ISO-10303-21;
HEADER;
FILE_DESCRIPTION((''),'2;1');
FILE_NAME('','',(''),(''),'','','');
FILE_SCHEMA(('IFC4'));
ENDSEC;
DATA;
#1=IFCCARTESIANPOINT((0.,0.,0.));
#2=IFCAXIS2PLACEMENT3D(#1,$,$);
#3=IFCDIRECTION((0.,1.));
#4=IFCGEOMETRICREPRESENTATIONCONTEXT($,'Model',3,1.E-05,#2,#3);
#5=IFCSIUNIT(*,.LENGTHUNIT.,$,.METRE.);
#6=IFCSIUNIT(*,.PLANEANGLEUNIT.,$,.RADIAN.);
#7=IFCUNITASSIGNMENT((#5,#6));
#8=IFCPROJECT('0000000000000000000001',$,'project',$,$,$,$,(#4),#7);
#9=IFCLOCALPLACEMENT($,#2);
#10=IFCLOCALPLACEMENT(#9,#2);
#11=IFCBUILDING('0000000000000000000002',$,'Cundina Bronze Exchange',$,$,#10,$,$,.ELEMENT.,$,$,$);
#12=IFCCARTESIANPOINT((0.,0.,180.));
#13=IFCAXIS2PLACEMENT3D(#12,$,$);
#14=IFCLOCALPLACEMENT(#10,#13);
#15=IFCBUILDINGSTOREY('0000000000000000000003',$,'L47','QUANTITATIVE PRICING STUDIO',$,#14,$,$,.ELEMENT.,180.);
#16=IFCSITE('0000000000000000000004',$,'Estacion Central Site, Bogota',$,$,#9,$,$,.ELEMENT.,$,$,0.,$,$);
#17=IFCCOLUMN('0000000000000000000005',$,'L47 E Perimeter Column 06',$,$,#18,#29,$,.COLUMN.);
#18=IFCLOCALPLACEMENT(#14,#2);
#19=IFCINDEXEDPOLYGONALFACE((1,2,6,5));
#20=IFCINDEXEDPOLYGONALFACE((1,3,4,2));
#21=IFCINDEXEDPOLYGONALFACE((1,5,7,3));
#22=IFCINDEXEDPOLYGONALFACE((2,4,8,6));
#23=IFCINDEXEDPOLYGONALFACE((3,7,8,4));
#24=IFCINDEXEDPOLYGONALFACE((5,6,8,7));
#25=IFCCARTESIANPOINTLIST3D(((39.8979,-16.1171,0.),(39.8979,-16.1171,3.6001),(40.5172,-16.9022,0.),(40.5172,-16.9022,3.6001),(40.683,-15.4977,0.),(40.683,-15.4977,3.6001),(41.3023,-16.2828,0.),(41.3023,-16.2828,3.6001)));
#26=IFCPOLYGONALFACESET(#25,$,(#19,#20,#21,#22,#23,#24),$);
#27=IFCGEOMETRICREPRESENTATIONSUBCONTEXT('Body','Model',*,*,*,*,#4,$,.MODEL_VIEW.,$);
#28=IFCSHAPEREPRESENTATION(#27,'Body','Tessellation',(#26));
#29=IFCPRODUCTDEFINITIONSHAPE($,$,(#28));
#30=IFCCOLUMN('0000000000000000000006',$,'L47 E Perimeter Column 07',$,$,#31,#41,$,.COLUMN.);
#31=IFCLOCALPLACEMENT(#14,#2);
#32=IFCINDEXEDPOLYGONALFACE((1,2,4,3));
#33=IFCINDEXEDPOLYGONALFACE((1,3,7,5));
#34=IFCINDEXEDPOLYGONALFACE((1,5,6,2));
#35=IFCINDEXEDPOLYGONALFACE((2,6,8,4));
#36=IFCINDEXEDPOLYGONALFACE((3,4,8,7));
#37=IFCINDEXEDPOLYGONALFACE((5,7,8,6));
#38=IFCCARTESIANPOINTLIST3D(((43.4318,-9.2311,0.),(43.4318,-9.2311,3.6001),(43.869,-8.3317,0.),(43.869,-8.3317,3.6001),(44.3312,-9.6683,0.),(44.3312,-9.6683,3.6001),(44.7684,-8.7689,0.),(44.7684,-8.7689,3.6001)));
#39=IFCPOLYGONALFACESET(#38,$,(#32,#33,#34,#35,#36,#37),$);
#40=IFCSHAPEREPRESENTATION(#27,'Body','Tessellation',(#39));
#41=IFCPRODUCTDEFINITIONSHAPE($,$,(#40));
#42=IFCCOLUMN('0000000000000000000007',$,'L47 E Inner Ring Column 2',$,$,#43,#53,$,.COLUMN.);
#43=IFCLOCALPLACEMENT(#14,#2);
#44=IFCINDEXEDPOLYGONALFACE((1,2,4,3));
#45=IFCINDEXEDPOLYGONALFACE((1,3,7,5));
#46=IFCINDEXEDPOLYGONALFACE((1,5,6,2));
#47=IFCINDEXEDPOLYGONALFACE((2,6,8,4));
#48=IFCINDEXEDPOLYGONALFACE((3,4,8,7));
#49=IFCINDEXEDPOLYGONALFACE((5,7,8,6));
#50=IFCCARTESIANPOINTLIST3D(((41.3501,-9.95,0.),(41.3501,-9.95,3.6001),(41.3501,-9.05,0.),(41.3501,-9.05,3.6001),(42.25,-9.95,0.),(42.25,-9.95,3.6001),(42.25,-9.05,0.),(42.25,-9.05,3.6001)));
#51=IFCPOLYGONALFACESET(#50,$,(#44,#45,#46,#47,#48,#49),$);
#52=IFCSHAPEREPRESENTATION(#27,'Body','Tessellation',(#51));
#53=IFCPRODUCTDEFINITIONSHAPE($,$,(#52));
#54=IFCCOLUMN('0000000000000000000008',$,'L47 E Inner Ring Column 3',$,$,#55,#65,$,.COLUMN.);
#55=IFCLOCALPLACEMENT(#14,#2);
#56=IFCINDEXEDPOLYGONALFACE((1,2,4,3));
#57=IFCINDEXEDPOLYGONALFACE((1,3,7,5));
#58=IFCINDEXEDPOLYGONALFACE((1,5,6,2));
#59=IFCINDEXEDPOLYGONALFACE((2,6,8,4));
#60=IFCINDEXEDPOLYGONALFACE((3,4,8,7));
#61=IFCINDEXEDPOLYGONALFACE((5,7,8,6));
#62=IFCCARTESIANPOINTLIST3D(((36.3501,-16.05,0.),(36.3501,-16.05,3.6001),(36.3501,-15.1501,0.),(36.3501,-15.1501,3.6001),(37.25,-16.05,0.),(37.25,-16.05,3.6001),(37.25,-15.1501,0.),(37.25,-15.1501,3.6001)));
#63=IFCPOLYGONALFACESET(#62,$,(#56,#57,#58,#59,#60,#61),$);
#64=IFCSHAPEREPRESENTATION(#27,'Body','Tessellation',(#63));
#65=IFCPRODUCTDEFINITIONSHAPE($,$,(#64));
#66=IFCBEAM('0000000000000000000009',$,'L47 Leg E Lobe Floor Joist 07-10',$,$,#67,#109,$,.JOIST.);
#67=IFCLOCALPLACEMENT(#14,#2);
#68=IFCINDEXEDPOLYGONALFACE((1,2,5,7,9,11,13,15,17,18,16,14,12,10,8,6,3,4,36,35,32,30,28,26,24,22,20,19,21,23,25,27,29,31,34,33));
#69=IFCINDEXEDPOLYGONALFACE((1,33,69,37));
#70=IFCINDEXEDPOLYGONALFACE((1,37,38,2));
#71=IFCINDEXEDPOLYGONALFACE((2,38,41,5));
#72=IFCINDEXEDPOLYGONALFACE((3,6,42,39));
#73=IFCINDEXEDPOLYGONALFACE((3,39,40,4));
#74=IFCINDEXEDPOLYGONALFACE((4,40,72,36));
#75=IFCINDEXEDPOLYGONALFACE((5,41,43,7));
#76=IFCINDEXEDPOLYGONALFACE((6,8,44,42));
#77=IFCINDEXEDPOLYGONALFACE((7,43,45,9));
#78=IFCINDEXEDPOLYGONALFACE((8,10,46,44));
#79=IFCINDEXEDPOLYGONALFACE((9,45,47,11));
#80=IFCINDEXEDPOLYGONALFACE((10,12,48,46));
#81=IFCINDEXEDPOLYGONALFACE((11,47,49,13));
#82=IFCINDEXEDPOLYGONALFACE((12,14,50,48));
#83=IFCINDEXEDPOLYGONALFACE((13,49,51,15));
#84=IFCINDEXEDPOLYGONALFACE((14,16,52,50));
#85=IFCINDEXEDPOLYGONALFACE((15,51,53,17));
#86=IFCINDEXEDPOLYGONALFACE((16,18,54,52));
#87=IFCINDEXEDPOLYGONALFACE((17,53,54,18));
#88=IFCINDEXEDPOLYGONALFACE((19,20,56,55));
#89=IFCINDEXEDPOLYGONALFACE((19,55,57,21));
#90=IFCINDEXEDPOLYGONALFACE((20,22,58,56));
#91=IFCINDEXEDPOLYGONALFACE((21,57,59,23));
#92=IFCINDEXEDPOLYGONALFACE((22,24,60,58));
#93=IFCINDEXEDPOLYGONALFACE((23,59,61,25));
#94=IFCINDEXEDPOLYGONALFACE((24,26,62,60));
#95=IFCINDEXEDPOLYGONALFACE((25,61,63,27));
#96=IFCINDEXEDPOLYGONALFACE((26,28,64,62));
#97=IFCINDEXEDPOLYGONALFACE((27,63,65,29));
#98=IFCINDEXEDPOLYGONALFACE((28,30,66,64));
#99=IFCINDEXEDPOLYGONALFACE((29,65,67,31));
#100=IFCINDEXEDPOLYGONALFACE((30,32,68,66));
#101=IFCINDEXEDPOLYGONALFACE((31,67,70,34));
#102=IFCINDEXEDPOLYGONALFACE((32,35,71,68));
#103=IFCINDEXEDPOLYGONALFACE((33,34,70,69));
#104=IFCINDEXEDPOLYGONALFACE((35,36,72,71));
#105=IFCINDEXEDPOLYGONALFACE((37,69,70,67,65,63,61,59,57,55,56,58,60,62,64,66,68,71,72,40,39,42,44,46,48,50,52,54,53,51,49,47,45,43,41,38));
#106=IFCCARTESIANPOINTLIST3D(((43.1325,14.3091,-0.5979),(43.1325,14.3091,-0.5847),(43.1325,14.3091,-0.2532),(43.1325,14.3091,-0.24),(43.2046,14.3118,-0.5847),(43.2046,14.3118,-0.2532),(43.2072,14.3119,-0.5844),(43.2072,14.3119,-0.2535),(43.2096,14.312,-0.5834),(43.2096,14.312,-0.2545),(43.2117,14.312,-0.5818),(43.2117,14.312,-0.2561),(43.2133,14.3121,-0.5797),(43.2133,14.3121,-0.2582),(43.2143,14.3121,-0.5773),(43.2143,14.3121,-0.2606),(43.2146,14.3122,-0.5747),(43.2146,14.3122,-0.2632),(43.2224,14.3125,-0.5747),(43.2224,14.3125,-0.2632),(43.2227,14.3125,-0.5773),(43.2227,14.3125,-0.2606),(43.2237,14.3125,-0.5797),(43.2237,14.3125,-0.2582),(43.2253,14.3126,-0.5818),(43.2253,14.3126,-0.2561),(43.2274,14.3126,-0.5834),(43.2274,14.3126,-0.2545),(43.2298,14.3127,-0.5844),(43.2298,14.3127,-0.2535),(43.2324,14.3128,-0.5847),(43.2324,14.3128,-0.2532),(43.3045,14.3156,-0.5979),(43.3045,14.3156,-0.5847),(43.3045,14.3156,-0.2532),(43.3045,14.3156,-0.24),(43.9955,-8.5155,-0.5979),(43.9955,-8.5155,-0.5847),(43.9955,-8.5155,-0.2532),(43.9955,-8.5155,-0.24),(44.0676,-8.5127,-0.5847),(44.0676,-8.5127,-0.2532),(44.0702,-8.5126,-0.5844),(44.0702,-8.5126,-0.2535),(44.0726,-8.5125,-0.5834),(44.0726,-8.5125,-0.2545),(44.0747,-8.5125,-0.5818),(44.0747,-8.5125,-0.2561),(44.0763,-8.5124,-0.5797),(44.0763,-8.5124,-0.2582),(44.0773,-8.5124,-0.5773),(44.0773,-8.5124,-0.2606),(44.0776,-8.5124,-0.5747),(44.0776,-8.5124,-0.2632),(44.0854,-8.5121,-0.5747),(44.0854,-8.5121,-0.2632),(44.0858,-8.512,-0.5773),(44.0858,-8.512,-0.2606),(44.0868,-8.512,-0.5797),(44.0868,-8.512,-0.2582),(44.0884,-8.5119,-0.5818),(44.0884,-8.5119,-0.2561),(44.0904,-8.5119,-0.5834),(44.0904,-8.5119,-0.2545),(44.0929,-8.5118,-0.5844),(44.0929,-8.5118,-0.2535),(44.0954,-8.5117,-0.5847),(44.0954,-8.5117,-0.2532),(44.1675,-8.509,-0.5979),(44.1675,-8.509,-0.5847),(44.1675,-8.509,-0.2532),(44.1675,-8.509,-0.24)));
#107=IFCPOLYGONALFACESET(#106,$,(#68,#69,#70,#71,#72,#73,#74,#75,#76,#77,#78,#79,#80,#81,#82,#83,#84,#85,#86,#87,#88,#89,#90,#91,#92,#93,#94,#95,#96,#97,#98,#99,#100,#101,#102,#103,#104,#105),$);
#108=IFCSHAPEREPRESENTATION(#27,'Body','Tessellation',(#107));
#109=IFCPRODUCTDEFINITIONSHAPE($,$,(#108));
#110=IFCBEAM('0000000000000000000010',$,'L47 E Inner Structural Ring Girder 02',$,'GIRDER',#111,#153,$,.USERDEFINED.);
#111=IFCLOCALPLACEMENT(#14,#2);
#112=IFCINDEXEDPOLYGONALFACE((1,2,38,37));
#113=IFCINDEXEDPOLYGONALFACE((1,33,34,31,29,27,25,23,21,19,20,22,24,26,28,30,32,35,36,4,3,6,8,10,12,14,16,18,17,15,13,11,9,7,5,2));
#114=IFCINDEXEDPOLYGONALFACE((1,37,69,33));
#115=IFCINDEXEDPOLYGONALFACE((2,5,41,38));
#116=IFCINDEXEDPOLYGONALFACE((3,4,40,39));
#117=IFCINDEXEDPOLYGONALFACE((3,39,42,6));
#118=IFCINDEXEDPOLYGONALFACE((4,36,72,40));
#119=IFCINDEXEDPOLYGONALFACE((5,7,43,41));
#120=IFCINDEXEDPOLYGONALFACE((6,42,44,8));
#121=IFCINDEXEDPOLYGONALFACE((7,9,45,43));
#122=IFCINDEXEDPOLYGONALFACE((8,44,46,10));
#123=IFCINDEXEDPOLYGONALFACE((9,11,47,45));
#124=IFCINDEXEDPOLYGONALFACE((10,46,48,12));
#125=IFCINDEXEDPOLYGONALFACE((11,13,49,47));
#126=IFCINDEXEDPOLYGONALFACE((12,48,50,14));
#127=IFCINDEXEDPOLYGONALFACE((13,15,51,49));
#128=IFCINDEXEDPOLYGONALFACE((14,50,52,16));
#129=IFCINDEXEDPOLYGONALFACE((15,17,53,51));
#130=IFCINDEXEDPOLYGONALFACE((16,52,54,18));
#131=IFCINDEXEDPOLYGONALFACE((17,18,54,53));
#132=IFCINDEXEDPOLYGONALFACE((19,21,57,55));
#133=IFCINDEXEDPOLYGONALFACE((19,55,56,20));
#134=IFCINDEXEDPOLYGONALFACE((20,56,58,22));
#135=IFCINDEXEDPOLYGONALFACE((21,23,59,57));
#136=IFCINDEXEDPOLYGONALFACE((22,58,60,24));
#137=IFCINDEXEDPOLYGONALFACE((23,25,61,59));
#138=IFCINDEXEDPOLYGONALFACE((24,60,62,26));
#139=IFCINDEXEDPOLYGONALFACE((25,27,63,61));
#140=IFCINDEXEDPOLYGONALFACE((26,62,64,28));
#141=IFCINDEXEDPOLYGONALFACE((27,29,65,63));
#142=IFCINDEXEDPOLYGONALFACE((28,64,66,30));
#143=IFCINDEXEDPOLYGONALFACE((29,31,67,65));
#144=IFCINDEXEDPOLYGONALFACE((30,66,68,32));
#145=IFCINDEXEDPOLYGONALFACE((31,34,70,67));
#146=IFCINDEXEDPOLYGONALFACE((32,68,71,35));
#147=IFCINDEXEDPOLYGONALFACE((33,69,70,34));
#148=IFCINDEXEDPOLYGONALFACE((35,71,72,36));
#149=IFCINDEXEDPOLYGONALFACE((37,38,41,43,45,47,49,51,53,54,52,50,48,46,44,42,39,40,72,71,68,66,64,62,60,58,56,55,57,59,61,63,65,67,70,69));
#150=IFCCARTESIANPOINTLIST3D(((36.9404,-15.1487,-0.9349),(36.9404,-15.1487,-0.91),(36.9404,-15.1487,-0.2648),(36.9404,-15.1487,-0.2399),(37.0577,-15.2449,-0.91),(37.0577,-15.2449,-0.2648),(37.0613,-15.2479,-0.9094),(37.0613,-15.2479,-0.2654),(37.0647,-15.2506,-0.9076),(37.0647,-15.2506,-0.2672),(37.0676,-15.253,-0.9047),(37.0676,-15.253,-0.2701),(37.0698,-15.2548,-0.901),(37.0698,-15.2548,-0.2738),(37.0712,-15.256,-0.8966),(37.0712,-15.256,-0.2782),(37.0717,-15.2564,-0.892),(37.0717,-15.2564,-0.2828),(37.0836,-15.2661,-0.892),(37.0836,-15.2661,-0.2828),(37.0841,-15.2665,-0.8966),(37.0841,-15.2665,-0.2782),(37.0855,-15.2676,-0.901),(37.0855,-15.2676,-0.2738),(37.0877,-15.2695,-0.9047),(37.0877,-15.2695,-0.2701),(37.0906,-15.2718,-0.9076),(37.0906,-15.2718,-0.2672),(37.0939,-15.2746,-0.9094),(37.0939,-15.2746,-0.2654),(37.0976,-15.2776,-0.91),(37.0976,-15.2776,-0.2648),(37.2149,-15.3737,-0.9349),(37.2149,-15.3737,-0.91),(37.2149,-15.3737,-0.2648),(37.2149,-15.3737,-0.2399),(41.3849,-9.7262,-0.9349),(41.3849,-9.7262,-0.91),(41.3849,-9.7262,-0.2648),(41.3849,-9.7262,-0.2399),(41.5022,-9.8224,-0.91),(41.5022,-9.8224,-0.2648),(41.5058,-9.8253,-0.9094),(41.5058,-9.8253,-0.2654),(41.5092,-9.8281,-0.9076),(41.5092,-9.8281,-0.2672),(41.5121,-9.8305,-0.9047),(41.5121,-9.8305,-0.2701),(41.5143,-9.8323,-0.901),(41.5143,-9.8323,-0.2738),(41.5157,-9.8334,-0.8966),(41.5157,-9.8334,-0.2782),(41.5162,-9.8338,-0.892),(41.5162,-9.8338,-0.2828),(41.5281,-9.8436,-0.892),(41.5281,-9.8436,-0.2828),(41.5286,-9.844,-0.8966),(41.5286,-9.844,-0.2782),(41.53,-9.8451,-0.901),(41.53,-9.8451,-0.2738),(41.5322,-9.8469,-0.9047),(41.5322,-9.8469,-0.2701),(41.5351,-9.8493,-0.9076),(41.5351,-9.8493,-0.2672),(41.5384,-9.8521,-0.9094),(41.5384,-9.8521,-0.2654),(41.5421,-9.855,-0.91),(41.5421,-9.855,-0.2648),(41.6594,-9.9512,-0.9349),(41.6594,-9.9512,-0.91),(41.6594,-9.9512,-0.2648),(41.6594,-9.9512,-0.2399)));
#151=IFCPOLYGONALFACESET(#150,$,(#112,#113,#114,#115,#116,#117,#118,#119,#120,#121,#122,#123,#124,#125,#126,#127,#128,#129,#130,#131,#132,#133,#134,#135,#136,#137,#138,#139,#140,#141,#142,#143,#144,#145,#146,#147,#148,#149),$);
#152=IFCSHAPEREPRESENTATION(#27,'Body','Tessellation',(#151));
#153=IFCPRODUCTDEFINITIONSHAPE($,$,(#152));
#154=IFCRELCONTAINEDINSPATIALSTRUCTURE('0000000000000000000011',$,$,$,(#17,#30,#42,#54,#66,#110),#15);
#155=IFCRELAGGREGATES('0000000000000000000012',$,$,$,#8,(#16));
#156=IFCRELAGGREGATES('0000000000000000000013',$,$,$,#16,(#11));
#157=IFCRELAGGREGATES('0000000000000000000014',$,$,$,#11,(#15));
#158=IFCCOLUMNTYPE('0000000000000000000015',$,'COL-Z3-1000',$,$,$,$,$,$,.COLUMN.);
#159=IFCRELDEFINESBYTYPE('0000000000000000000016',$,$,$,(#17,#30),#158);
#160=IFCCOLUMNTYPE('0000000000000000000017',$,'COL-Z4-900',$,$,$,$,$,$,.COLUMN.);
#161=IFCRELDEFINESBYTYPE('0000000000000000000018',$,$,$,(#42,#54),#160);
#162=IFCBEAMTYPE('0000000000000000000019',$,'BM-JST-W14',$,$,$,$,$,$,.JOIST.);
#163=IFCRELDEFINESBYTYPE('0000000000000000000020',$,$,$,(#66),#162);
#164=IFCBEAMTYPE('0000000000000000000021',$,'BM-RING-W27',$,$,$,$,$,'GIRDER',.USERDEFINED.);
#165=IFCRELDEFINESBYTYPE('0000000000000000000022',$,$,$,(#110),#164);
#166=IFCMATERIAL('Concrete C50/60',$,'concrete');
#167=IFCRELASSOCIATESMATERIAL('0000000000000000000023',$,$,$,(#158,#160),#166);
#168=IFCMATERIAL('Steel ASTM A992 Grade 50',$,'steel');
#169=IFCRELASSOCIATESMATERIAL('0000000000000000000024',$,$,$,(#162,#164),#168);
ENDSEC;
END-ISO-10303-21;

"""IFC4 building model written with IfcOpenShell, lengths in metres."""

from ifc_helpers import new_model, si_unit, direction, frame, origin, origin_2d, place, context, subcontext, project, spatial, rectangle, i_section, extrude, material, material_profile, profile_set, type_object, element, save


model = new_model("IFC4")

# Units and contexts
model_context = context("Model", 3, precision=1e-05, world=origin(), true_north=direction((0.0, 1.0)))
body_context = subcontext(model_context, "Body", "Model", "MODEL_VIEW")
ifc_project = project(units=[si_unit("LENGTHUNIT", "METRE"), si_unit("PLANEANGLEUNIT", "RADIAN")], contexts=[model_context])

# Site, building, storey
site_placement = place(None, origin())
site = spatial("IfcSite", under=ifc_project, at=site_placement, Name="Estacion Central Site, Bogota", CompositionType="ELEMENT", RefElevation=0.0)
building_placement = place(site_placement, origin())
building = spatial("IfcBuilding", under=site, at=building_placement, Name="Cundina Bronze Exchange", CompositionType="ELEMENT")
storey_placement = place(building_placement, frame((0.0, 0.0, 180.0)))
storey = spatial("IfcBuildingStorey", under=building, at=storey_placement, Name="L47", Description="QUANTITATIVE PRICING STUDIO", CompositionType="ELEMENT", Elevation=180.0)

# Columns
ifc_material_1 = material(Name="Concrete C50/60", Category="concrete")
ifc_material_profile_1 = material_profile(ifc_material_1, rectangle(XDim=1.0, YDim=1.0, at=origin_2d()), Name="RC1000X1000", Category="concrete")
ifc_profile_set_1 = profile_set([ifc_material_profile_1], Name="Concrete C50/60")
column_type_1 = type_object("IfcColumnType", Name="COL-Z3-1000", PredefinedType="COLUMN", material=ifc_profile_set_1)
for number, where, z_axis, x_axis, name in (
    (1, (40.6001, -16.2, 0.0), (0.0, 0.0, 1.0), (0.785101, 0.619368, 0.0), "L47 E Perimeter Column 06"),
    (2, (44.1001, -9.0, 0.0), (0.0, 0.0, 1.0), (0.437116, 0.899405, 0.0), "L47 E Perimeter Column 07"),
):
    element("IfcColumn", number, at=place(storey_placement, frame(where, z_axis=z_axis, x_axis=x_axis)), inside=storey, type_object=column_type_1, Name=name, PredefinedType="COLUMN", context=body_context, shape_type="SweptSolid", body=[
        extrude(rectangle(XDim=1.0, YDim=1.0, at=origin_2d()), origin(), (0.0, 0.0, 1.0), 3.6001),
    ])
ifc_material_profile_2 = material_profile(ifc_material_1, rectangle(XDim=0.8999, YDim=0.8999, at=origin_2d()), Name="RC900X900", Category="concrete")
ifc_profile_set_2 = profile_set([ifc_material_profile_2], Name="Concrete C50/60")
column_type_2 = type_object("IfcColumnType", Name="COL-Z4-900", PredefinedType="COLUMN", material=ifc_profile_set_2)
for number, where, z_axis, x_axis, name in (
    (3, (41.8, -9.5, 0.0), (0.0, 0.0, 1.0), (1.0, 0.0, 0.0), "L47 E Inner Ring Column 2"),
    (4, (36.8, -15.6001, 0.0), (0.0, 0.0, 1.0), (1.0, 0.0, 0.0), "L47 E Inner Ring Column 3"),
):
    element("IfcColumn", number, at=place(storey_placement, frame(where, z_axis=z_axis, x_axis=x_axis)), inside=storey, type_object=column_type_2, Name=name, PredefinedType="COLUMN", context=body_context, shape_type="SweptSolid", body=[
        extrude(rectangle(XDim=0.8999, YDim=0.8999, at=origin_2d()), origin(), (0.0, 0.0, 1.0), 3.6001),
    ])

# Beams
ifc_material_2 = material(Name="Steel ASTM A992 Grade 50", Category="steel")
ifc_material_profile_3 = material_profile(ifc_material_2, i_section(OverallWidth=0.1721, OverallDepth=0.3579, WebThickness=0.0078, FlangeThickness=0.0132, FilletRadius=0.01, at=origin_2d()), Name="W14X38", Category="steel")
ifc_profile_set_3 = profile_set([ifc_material_profile_3], Name="Steel ASTM A992 Grade 50")
beam_type_1 = type_object("IfcBeamType", Name="BM-JST-W14", PredefinedType="JOIST", material=ifc_profile_set_3)
beam_1_placement = place(storey_placement, frame((44.0815, -8.5122, -0.4189), z_axis=(-0.037785, 0.999286, 0.0), x_axis=(-0.999286, -0.037785, 0.0)))
element("IfcBeam", 5, at=beam_1_placement, inside=storey, type_object=beam_type_1, Name="L47 Leg E Lobe Floor Joist 07-10", PredefinedType="JOIST", context=body_context, shape_type="SweptSolid", body=[
    extrude(i_section(OverallWidth=0.1721, OverallDepth=0.3579, WebThickness=0.0078, FlangeThickness=0.0132, FilletRadius=0.01, at=origin_2d()), origin(), (0.0, 0.0, 1.0), 22.8408),
])
ifc_material_profile_4 = material_profile(ifc_material_2, i_section(OverallWidth=0.355, OverallDepth=0.6951, WebThickness=0.0154, FlangeThickness=0.0249, FilletRadius=0.0181, at=origin_2d()), Name="W27X146", Category="steel")
ifc_profile_set_4 = profile_set([ifc_material_profile_4], Name="Steel ASTM A992 Grade 50")
beam_type_2 = type_object("IfcBeamType", Name="BM-RING-W27", ElementType="GIRDER", PredefinedType="USERDEFINED", material=ifc_profile_set_4)
beam_2_placement = place(storey_placement, frame((37.0776, -15.2612, -0.5874), z_axis=(0.633913, 0.773405, 0.0), x_axis=(-0.773405, 0.633913, 0.0)))
element("IfcBeam", 6, at=beam_2_placement, inside=storey, type_object=beam_type_2, Name="L47 E Inner Structural Ring Girder 02", ObjectType="GIRDER", PredefinedType="USERDEFINED", context=body_context, shape_type="SweptSolid", body=[
    extrude(i_section(OverallWidth=0.355, OverallDepth=0.6951, WebThickness=0.0154, FlangeThickness=0.0249, FilletRadius=0.0181, at=origin_2d()), origin(), (0.0, 0.0, 1.0), 7.0112),
])

save(model, "model.ifc")
